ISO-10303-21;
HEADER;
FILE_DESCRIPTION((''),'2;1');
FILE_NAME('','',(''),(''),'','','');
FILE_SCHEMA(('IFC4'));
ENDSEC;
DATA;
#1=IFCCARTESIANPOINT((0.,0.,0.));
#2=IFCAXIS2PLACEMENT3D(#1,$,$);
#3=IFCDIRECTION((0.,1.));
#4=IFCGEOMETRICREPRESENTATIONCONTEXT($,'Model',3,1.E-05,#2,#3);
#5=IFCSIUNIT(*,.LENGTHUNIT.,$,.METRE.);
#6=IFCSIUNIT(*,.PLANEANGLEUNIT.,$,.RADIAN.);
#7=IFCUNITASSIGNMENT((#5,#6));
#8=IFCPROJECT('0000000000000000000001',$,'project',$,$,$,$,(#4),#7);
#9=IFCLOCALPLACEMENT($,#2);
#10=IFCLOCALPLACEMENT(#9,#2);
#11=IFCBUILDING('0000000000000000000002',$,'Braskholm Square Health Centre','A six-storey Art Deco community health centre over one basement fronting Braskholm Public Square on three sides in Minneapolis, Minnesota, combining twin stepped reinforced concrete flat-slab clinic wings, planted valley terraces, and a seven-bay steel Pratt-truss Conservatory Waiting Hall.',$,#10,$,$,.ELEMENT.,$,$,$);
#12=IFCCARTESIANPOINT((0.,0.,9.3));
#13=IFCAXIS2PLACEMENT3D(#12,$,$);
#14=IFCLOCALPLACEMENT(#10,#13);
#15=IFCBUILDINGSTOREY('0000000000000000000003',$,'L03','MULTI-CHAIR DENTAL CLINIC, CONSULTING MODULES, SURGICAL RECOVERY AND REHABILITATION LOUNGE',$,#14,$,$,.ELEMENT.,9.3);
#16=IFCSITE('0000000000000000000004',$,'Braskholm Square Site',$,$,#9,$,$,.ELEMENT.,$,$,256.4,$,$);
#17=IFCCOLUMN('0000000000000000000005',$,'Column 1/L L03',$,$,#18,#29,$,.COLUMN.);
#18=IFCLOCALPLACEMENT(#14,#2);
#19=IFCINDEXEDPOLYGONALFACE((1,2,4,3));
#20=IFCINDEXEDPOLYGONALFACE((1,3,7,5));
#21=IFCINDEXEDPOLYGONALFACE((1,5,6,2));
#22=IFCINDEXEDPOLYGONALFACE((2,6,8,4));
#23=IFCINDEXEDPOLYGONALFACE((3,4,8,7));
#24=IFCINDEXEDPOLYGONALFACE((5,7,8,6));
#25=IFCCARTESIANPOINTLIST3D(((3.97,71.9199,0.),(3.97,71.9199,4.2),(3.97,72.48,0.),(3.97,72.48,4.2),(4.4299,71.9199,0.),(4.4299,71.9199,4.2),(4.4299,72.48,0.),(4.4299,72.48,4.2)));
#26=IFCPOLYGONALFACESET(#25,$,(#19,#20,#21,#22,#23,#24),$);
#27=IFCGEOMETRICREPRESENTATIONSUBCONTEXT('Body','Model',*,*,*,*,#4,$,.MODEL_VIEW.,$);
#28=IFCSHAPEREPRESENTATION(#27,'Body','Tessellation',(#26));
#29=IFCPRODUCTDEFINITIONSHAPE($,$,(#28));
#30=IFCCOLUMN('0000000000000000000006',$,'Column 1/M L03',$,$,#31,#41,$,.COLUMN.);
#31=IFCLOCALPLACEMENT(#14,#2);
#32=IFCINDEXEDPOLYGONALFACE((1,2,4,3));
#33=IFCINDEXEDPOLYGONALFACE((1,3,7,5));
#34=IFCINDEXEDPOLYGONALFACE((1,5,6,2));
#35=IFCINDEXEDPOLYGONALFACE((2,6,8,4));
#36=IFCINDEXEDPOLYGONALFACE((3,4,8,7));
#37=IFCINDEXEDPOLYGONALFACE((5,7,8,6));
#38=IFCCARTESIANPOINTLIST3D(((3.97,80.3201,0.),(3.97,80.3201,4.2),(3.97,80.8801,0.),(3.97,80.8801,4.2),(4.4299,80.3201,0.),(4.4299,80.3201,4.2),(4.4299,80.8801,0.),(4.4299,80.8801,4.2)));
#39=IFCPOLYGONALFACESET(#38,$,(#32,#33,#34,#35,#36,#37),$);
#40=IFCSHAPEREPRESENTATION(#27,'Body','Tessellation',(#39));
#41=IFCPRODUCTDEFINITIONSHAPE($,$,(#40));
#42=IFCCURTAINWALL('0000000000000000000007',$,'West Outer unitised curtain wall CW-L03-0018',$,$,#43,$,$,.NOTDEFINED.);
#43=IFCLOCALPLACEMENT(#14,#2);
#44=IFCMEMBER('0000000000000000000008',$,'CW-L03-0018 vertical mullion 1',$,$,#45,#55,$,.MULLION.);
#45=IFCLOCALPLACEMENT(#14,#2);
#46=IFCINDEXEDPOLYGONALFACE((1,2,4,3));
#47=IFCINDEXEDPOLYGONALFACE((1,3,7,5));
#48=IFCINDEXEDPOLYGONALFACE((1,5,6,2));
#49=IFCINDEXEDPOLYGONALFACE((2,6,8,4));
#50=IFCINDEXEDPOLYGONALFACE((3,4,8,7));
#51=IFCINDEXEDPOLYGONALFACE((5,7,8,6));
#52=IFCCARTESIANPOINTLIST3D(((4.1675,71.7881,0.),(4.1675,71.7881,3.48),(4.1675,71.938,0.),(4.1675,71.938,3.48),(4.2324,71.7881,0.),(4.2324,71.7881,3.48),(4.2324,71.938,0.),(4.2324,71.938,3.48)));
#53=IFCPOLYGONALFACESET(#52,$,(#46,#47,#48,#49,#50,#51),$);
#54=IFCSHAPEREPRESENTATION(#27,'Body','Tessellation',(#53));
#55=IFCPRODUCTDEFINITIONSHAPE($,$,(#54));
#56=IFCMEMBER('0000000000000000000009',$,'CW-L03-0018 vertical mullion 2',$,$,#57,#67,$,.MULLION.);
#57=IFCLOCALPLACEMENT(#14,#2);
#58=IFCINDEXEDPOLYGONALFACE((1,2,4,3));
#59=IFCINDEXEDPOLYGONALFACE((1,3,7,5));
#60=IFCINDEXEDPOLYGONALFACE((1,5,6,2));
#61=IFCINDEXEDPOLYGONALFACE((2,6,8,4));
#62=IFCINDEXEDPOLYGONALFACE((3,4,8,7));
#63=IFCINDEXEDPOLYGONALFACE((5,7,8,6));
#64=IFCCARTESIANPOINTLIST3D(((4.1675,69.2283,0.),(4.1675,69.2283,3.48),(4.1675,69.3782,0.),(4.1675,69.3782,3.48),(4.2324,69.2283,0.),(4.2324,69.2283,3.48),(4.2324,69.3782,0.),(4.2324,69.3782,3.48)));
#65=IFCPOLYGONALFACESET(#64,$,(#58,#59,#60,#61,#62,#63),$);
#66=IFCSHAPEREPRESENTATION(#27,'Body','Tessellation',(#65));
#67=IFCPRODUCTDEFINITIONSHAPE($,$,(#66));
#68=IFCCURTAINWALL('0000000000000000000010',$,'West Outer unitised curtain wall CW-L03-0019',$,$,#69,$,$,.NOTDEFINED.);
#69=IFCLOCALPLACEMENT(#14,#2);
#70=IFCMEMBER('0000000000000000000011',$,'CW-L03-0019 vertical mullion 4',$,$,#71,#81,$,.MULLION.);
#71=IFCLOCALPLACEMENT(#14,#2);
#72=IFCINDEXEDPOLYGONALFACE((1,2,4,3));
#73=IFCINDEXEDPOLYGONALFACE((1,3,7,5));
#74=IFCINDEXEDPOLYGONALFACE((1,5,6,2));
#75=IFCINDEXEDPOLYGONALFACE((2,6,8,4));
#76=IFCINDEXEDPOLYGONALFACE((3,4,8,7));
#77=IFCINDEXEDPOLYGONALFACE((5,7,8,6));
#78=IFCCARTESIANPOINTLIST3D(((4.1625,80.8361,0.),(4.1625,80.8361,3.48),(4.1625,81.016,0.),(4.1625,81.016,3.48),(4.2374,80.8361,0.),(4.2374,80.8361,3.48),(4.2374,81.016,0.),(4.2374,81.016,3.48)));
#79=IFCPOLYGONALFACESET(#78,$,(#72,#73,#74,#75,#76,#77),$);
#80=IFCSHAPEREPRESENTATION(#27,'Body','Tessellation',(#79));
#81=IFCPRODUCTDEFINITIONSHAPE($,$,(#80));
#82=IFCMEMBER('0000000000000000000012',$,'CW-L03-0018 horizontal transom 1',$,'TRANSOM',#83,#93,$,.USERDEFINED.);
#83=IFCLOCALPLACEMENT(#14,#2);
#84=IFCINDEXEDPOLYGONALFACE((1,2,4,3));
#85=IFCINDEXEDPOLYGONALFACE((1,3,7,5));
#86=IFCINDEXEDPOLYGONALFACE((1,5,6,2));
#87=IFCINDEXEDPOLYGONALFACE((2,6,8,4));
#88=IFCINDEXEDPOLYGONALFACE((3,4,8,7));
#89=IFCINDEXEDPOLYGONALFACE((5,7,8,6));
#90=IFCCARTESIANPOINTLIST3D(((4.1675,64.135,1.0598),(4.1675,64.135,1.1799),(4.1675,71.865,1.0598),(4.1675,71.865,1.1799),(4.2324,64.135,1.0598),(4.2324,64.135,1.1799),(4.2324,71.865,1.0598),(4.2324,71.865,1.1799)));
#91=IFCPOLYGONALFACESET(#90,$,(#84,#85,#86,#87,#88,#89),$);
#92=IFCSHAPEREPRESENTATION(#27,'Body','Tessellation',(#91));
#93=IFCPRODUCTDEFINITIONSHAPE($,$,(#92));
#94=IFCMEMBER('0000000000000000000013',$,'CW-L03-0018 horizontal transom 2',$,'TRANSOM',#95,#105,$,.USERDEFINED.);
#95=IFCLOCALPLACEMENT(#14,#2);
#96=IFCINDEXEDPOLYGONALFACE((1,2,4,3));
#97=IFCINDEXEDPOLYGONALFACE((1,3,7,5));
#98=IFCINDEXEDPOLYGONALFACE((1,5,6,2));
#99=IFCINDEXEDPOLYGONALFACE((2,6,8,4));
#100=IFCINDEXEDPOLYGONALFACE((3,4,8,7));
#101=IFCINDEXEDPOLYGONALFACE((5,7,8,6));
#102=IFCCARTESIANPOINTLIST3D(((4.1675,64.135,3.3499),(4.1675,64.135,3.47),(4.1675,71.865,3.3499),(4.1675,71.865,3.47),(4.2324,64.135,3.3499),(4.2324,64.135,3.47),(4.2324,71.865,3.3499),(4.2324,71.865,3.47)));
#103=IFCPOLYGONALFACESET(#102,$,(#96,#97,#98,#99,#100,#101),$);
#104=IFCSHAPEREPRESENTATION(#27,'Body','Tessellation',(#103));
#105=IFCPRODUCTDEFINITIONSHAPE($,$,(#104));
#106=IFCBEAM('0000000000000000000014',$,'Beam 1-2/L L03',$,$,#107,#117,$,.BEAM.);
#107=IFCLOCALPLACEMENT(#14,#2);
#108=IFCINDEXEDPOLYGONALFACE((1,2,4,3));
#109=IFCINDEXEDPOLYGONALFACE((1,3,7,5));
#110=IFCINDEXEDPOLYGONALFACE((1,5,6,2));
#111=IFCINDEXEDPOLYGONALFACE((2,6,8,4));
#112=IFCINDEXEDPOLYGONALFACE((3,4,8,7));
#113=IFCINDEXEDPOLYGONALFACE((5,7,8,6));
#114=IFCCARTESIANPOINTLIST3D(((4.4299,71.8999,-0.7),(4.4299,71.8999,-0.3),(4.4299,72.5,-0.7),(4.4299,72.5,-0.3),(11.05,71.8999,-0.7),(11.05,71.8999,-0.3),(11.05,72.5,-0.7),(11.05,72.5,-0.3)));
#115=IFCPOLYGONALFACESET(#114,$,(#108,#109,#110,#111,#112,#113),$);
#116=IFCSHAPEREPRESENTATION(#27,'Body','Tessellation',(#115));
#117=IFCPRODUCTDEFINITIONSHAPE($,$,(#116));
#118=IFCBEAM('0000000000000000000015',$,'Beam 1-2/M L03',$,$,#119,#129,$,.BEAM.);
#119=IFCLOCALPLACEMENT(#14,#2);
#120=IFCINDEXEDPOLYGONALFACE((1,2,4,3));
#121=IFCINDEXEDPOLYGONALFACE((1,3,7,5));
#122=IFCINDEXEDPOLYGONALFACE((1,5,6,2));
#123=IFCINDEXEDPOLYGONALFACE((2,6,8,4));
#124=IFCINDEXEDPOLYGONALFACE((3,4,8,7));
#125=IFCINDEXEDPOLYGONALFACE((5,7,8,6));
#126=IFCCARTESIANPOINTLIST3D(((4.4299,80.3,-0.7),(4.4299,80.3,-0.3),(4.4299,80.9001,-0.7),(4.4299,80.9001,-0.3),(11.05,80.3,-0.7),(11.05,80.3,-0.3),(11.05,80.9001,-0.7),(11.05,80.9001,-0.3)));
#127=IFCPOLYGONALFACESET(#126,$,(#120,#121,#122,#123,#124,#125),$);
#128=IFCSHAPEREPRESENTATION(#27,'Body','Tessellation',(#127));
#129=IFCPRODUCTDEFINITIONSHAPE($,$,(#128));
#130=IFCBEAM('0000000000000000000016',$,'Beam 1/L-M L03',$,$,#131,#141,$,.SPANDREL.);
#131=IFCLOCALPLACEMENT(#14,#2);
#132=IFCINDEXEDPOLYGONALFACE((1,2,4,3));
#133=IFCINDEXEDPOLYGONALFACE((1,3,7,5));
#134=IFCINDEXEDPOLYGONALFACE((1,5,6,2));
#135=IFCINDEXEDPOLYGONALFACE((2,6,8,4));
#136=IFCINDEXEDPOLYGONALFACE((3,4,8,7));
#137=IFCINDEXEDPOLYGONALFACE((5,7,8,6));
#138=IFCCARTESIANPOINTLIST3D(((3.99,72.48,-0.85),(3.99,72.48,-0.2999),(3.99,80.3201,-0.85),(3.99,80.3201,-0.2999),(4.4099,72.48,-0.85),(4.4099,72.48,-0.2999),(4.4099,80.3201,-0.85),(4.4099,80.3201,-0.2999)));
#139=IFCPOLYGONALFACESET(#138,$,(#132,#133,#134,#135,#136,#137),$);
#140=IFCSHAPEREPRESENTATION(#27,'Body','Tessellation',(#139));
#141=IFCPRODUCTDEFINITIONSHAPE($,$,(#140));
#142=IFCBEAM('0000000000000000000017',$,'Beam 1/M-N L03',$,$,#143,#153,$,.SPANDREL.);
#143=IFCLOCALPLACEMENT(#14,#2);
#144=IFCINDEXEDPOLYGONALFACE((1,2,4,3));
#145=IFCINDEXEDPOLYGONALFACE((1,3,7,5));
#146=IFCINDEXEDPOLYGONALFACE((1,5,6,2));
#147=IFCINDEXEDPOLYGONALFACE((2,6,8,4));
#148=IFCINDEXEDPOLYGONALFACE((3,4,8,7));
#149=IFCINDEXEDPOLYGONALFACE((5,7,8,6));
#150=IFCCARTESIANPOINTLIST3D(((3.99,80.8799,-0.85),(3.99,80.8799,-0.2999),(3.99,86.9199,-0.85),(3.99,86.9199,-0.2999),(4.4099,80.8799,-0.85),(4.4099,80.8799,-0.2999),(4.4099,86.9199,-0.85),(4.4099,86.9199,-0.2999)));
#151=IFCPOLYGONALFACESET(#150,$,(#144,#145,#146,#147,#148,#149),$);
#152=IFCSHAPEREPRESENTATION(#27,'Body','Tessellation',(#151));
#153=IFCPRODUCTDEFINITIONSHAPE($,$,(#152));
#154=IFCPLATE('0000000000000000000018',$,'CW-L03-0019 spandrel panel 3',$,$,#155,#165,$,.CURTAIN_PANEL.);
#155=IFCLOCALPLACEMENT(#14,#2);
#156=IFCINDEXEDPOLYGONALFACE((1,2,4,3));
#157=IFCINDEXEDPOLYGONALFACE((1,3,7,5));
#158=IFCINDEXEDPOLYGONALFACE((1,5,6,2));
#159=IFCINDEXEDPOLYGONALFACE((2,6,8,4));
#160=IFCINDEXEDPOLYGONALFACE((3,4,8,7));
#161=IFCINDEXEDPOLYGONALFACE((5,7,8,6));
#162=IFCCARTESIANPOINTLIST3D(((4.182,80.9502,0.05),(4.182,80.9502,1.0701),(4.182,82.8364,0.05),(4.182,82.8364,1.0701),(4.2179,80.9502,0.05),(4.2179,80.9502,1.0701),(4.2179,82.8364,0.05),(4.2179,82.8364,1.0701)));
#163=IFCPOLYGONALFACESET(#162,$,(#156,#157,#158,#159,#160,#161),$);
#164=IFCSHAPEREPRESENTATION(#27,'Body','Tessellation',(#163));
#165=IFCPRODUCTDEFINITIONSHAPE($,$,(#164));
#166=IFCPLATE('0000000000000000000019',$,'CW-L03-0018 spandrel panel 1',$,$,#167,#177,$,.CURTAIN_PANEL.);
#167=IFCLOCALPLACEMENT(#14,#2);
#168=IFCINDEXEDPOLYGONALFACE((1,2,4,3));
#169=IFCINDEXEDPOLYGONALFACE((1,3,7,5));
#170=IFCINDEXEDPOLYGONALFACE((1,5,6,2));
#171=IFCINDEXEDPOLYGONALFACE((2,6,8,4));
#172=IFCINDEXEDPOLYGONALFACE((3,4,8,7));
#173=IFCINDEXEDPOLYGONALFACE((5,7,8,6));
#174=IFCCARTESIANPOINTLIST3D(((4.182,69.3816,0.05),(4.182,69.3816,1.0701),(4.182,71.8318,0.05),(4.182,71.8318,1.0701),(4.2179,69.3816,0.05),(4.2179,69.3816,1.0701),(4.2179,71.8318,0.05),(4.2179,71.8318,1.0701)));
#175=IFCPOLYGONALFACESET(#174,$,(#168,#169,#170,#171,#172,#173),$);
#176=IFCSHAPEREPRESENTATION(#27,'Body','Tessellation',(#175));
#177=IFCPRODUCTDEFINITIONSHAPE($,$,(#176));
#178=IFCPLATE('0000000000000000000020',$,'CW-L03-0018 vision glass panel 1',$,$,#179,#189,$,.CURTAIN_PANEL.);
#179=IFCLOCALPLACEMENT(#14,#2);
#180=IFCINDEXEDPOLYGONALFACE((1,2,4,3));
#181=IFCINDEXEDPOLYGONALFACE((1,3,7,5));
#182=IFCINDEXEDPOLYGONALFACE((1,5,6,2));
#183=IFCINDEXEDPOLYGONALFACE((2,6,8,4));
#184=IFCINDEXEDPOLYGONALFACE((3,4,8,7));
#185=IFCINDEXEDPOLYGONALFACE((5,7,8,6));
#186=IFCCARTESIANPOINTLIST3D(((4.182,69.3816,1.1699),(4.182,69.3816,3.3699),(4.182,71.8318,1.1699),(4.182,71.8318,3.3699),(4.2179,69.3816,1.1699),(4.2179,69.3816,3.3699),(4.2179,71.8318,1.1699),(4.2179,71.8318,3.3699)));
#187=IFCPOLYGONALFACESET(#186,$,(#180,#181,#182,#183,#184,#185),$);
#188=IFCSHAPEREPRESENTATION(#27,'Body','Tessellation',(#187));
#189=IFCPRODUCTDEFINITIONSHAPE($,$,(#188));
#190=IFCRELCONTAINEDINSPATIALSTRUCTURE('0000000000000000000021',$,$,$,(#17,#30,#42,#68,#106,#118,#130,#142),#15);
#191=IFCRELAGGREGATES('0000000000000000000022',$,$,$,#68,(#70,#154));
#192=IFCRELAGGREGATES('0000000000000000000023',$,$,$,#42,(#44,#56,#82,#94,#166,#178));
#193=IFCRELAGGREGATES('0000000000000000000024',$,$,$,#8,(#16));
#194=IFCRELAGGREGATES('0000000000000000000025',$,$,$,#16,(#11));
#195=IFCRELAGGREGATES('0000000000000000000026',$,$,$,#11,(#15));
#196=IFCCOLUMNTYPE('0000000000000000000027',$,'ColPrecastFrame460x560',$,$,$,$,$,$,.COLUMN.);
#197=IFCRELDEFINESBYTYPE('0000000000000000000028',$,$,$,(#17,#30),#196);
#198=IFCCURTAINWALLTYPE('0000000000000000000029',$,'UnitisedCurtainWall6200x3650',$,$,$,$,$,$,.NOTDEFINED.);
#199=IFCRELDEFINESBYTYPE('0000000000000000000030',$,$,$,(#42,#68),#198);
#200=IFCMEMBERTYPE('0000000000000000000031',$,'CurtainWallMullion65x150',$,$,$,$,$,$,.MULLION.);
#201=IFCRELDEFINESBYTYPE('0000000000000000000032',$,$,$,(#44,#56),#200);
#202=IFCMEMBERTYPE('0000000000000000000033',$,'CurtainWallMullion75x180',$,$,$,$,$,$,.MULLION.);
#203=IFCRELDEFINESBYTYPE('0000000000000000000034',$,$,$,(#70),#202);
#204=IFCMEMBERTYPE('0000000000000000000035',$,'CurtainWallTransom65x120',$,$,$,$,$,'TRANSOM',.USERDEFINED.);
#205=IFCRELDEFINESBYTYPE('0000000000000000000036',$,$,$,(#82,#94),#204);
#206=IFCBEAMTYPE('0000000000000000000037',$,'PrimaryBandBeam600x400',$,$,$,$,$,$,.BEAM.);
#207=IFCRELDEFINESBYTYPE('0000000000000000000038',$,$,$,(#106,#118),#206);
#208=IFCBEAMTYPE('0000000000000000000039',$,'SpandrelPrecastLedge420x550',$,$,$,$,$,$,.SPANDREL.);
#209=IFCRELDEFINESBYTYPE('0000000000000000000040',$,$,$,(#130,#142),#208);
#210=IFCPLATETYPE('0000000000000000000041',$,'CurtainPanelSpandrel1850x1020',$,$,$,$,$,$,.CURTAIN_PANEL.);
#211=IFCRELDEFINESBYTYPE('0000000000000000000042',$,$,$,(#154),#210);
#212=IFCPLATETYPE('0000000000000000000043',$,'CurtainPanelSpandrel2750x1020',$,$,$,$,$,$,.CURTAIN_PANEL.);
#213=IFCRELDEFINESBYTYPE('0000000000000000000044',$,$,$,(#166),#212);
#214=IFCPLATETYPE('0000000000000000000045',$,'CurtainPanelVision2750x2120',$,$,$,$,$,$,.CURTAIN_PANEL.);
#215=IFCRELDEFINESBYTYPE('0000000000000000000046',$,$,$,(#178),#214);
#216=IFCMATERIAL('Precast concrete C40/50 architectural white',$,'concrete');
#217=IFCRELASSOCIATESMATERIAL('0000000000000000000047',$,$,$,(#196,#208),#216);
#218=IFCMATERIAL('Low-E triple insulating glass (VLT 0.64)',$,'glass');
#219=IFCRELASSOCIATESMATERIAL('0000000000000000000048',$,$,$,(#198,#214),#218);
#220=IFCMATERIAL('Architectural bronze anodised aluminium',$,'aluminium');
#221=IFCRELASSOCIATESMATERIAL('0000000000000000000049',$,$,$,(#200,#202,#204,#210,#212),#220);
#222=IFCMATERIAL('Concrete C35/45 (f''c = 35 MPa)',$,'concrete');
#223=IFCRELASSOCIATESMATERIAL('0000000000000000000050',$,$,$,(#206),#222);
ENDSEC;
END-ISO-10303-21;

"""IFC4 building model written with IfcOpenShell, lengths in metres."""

from ifc_helpers import new_model, si_unit, direction, frame, origin, origin_2d, place, context, subcontext, project, spatial, rectangle, extrude, material, material_profile, profile_set, type_object, element, aggregate, save


model = new_model("IFC4")

# Units and contexts
model_context = context("Model", 3, precision=1e-05, world=origin(), true_north=direction((0.0, 1.0)))
body_context = subcontext(model_context, "Body", "Model", "MODEL_VIEW")
ifc_project = project(units=[si_unit("LENGTHUNIT", "METRE"), si_unit("PLANEANGLEUNIT", "RADIAN")], contexts=[model_context])

# Site, building, storey
site_placement = place(None, origin())
site = spatial("IfcSite", under=ifc_project, at=site_placement, Name="Braskholm Square Site", CompositionType="ELEMENT", RefElevation=256.4)
building_placement = place(site_placement, origin())
building = spatial("IfcBuilding", under=site, at=building_placement, Name="Braskholm Square Health Centre", Description="A six-storey Art Deco community health centre over one basement fronting Braskholm Public Square on three sides in Minneapolis, Minnesota, combining twin stepped reinforced concrete flat-slab clinic wings, planted valley terraces, and a seven-bay steel Pratt-truss Conservatory Waiting Hall.", CompositionType="ELEMENT")
storey_placement = place(building_placement, frame((0.0, 0.0, 9.3)))
storey = spatial("IfcBuildingStorey", under=building, at=storey_placement, Name="L03", Description="MULTI-CHAIR DENTAL CLINIC, CONSULTING MODULES, SURGICAL RECOVERY AND REHABILITATION LOUNGE", CompositionType="ELEMENT", Elevation=9.3)

# Columns
ifc_material_1 = material(Name="Precast concrete C40/50 architectural white", Category="concrete")
ifc_material_profile_1 = material_profile(ifc_material_1, rectangle(XDim=0.46, YDim=0.5601, at=origin_2d()), Name="RC-460X560")
ifc_profile_set_1 = profile_set([ifc_material_profile_1], Name="Precast concrete C40/50 architectural white")
column_type = type_object("IfcColumnType", Name="ColPrecastFrame460x560", PredefinedType="COLUMN", material=ifc_profile_set_1)
for number, where, z_axis, x_axis, name in (
    (1, (4.2, 72.2, 0.0), (0.0, 0.0, 1.0), (1.0, 0.0, 0.0), "Column 1/L L03"),
    (2, (4.2, 80.6001, 0.0), (0.0, 0.0, 1.0), (1.0, 0.0, 0.0), "Column 1/M L03"),
):
    element("IfcColumn", number, at=place(storey_placement, frame(where, z_axis=z_axis, x_axis=x_axis)), inside=storey, type_object=column_type, Name=name, PredefinedType="COLUMN", context=body_context, shape_type="SweptSolid", body=[
        extrude(rectangle(XDim=0.46, YDim=0.5601, at=origin_2d()), origin(), (0.0, 0.0, 1.0), 4.2),
    ])

# Curtain wall, members
ifc_material_2 = material(Name="Low-E triple insulating glass (VLT 0.64)", Category="glass")
curtain_wall_type = type_object("IfcCurtainWallType", Name="UnitisedCurtainWall6200x3650", PredefinedType="NOTDEFINED", material=ifc_material_2)
curtain_wall_1_placement = place(storey_placement, origin())
curtain_wall_1 = element("IfcCurtainWall", 3, at=curtain_wall_1_placement, inside=storey, type_object=curtain_wall_type, Name="West Outer unitised curtain wall CW-L03-0018", PredefinedType="NOTDEFINED")
ifc_material_3 = material(Name="Architectural bronze anodised aluminium", Category="aluminium")
ifc_material_profile_2 = material_profile(ifc_material_3, rectangle(XDim=0.0649, YDim=0.1499, at=origin_2d()), Name="ALU-65X150")
ifc_profile_set_2 = profile_set([ifc_material_profile_2], Name="Architectural bronze anodised aluminium")
member_type_1 = type_object("IfcMemberType", Name="CurtainWallMullion65x150", PredefinedType="MULLION", material=ifc_profile_set_2)
member_1_placement = place(storey_placement, frame((4.2, 71.863, 0.0), z_axis=(0.0, 0.0, 1.0), x_axis=(1.0, 0.0, 0.0)))
member_1 = element("IfcMember", 4, at=member_1_placement, type_object=member_type_1, Name="CW-L03-0018 vertical mullion 1", PredefinedType="MULLION", context=body_context, shape_type="SweptSolid", body=[
    extrude(rectangle(XDim=0.0649, YDim=0.1499, at=origin_2d()), origin(), (0.0, 0.0, 1.0), 3.48),
])
member_2_placement = place(storey_placement, frame((4.2, 69.3032, 0.0), z_axis=(0.0, 0.0, 1.0), x_axis=(1.0, 0.0, 0.0)))
member_2 = element("IfcMember", 5, at=member_2_placement, type_object=member_type_1, Name="CW-L03-0018 vertical mullion 2", PredefinedType="MULLION", context=body_context, shape_type="SweptSolid", body=[
    extrude(rectangle(XDim=0.0649, YDim=0.1499, at=origin_2d()), origin(), (0.0, 0.0, 1.0), 3.48),
])

# Curtain wall, member
curtain_wall_2_placement = place(storey_placement, origin())
curtain_wall_2 = element("IfcCurtainWall", 6, at=curtain_wall_2_placement, inside=storey, type_object=curtain_wall_type, Name="West Outer unitised curtain wall CW-L03-0019", PredefinedType="NOTDEFINED")
ifc_material_profile_3 = material_profile(ifc_material_3, rectangle(XDim=0.075, YDim=0.1799, at=origin_2d()), Name="ALU-75X180")
ifc_profile_set_3 = profile_set([ifc_material_profile_3], Name="Architectural bronze anodised aluminium")
member_type_2 = type_object("IfcMemberType", Name="CurtainWallMullion75x180", PredefinedType="MULLION", material=ifc_profile_set_3)
member_3_placement = place(storey_placement, frame((4.2, 80.926, 0.0), z_axis=(0.0, 0.0, 1.0), x_axis=(1.0, 0.0, 0.0)))
member_3 = element("IfcMember", 7, at=member_3_placement, type_object=member_type_2, Name="CW-L03-0019 vertical mullion 4", PredefinedType="MULLION", context=body_context, shape_type="SweptSolid", body=[
    extrude(rectangle(XDim=0.075, YDim=0.1799, at=origin_2d()), origin(), (0.0, 0.0, 1.0), 3.48),
])

# Members
ifc_material_profile_4 = material_profile(ifc_material_3, rectangle(XDim=0.0649, YDim=0.1201, at=origin_2d()), Name="ALU-65X120")
ifc_profile_set_4 = profile_set([ifc_material_profile_4], Name="Architectural bronze anodised aluminium")
member_type_3 = type_object("IfcMemberType", Name="CurtainWallTransom65x120", ElementType="TRANSOM", PredefinedType="USERDEFINED", material=ifc_profile_set_4)
member_4_placement = place(storey_placement, frame((4.2, 71.865, 1.1199), z_axis=(0.0, -1.0, 0.0), x_axis=(1.0, 0.0, 0.0)))
member_4 = element("IfcMember", 8, at=member_4_placement, type_object=member_type_3, Name="CW-L03-0018 horizontal transom 1", ObjectType="TRANSOM", PredefinedType="USERDEFINED", context=body_context, shape_type="SweptSolid", body=[
    extrude(rectangle(XDim=0.0649, YDim=0.1201, at=origin_2d()), origin(), (0.0, 0.0, 1.0), 7.73),
])
member_5_placement = place(storey_placement, frame((4.2, 71.865, 3.4099), z_axis=(0.0, -1.0, 0.0), x_axis=(1.0, 0.0, 0.0)))
member_5 = element("IfcMember", 9, at=member_5_placement, type_object=member_type_3, Name="CW-L03-0018 horizontal transom 2", ObjectType="TRANSOM", PredefinedType="USERDEFINED", context=body_context, shape_type="SweptSolid", body=[
    extrude(rectangle(XDim=0.0649, YDim=0.1201, at=origin_2d()), origin(), (0.0, 0.0, 1.0), 7.73),
])

# Beams
ifc_material_4 = material(Name="Concrete C35/45 (f'c = 35 MPa)", Category="concrete")
ifc_material_profile_5 = material_profile(ifc_material_4, rectangle(XDim=0.6001, YDim=0.3999, at=origin_2d()), Name="RCB-600X400")
ifc_profile_set_5 = profile_set([ifc_material_profile_5], Name="Concrete C35/45 (f'c = 35 MPa)")
beam_type_1 = type_object("IfcBeamType", Name="PrimaryBandBeam600x400", PredefinedType="BEAM", material=ifc_profile_set_5)
for number, where, z_axis, x_axis, name in (
    (10, (4.4299, 72.2, -0.5), (1.0, 0.0, 0.0), (0.0, 1.0, 0.0), "Beam 1-2/L L03"),
    (11, (4.4299, 80.6001, -0.5), (1.0, 0.0, 0.0), (0.0, 1.0, 0.0), "Beam 1-2/M L03"),
):
    element("IfcBeam", number, at=place(storey_placement, frame(where, z_axis=z_axis, x_axis=x_axis)), inside=storey, type_object=beam_type_1, Name=name, PredefinedType="BEAM", context=body_context, shape_type="SweptSolid", body=[
        extrude(rectangle(XDim=0.6001, YDim=0.3999, at=origin_2d()), origin(), (0.0, 0.0, 1.0), 6.6201),
    ])
ifc_material_profile_6 = material_profile(ifc_material_1, rectangle(XDim=0.4199, YDim=0.55, at=origin_2d()), Name="RCB-420X550")
ifc_profile_set_6 = profile_set([ifc_material_profile_6], Name="Precast concrete C40/50 architectural white")
beam_type_2 = type_object("IfcBeamType", Name="SpandrelPrecastLedge420x550", PredefinedType="SPANDREL", material=ifc_profile_set_6)
beam_1_placement = place(storey_placement, frame((4.2, 72.48, -0.575), z_axis=(0.0, 1.0, 0.0), x_axis=(-1.0, 0.0, 0.0)))
element("IfcBeam", 12, at=beam_1_placement, inside=storey, type_object=beam_type_2, Name="Beam 1/L-M L03", PredefinedType="SPANDREL", context=body_context, shape_type="SweptSolid", body=[
    extrude(rectangle(XDim=0.4199, YDim=0.55, at=origin_2d()), origin(), (0.0, 0.0, 1.0), 7.8401),
])
beam_2_placement = place(storey_placement, frame((4.2, 80.8799, -0.575), z_axis=(0.0, 1.0, 0.0), x_axis=(-1.0, 0.0, 0.0)))
element("IfcBeam", 13, at=beam_2_placement, inside=storey, type_object=beam_type_2, Name="Beam 1/M-N L03", PredefinedType="SPANDREL", context=body_context, shape_type="SweptSolid", body=[
    extrude(rectangle(XDim=0.4199, YDim=0.55, at=origin_2d()), origin(), (0.0, 0.0, 1.0), 6.04),
])

# Plates
plate_type_1 = type_object("IfcPlateType", Name="CurtainPanelSpandrel1850x1020", PredefinedType="CURTAIN_PANEL", material=ifc_material_3)
plate_1_placement = place(storey_placement, frame((4.2, 81.8933, 0.05), z_axis=(0.0, 0.0, 1.0), x_axis=(0.0, -1.0, 0.0)))
plate_1 = element("IfcPlate", 14, at=plate_1_placement, type_object=plate_type_1, Name="CW-L03-0019 spandrel panel 3", PredefinedType="CURTAIN_PANEL", context=body_context, shape_type="SweptSolid", body=[
    extrude(rectangle(XDim=1.8862, YDim=0.0359, at=origin_2d()), origin(), (0.0, 0.0, 1.0), 1.02),
])
aggregate(curtain_wall_2, [member_3, plate_1])
plate_type_2 = type_object("IfcPlateType", Name="CurtainPanelSpandrel2750x1020", PredefinedType="CURTAIN_PANEL", material=ifc_material_3)
plate_2_placement = place(storey_placement, frame((4.2, 70.6067, 0.05), z_axis=(0.0, 0.0, 1.0), x_axis=(0.0, -1.0, 0.0)))
plate_2 = element("IfcPlate", 15, at=plate_2_placement, type_object=plate_type_2, Name="CW-L03-0018 spandrel panel 1", PredefinedType="CURTAIN_PANEL", context=body_context, shape_type="SweptSolid", body=[
    extrude(rectangle(XDim=2.4502, YDim=0.0359, at=origin_2d()), origin(), (0.0, 0.0, 1.0), 1.02),
])
plate_type_3 = type_object("IfcPlateType", Name="CurtainPanelVision2750x2120", PredefinedType="CURTAIN_PANEL", material=ifc_material_2)
plate_3_placement = place(storey_placement, frame((4.2, 70.6067, 1.1699), z_axis=(0.0, 0.0, 1.0), x_axis=(0.0, -1.0, 0.0)))
plate_3 = element("IfcPlate", 16, at=plate_3_placement, type_object=plate_type_3, Name="CW-L03-0018 vision glass panel 1", PredefinedType="CURTAIN_PANEL", context=body_context, shape_type="SweptSolid", body=[
    extrude(rectangle(XDim=2.4502, YDim=0.0359, at=origin_2d()), origin(), (0.0, 0.0, 1.0), 2.2),
])
aggregate(curtain_wall_1, [member_1, member_2, member_4, member_5, plate_2, plate_3])

save(model, "model.ifc")
